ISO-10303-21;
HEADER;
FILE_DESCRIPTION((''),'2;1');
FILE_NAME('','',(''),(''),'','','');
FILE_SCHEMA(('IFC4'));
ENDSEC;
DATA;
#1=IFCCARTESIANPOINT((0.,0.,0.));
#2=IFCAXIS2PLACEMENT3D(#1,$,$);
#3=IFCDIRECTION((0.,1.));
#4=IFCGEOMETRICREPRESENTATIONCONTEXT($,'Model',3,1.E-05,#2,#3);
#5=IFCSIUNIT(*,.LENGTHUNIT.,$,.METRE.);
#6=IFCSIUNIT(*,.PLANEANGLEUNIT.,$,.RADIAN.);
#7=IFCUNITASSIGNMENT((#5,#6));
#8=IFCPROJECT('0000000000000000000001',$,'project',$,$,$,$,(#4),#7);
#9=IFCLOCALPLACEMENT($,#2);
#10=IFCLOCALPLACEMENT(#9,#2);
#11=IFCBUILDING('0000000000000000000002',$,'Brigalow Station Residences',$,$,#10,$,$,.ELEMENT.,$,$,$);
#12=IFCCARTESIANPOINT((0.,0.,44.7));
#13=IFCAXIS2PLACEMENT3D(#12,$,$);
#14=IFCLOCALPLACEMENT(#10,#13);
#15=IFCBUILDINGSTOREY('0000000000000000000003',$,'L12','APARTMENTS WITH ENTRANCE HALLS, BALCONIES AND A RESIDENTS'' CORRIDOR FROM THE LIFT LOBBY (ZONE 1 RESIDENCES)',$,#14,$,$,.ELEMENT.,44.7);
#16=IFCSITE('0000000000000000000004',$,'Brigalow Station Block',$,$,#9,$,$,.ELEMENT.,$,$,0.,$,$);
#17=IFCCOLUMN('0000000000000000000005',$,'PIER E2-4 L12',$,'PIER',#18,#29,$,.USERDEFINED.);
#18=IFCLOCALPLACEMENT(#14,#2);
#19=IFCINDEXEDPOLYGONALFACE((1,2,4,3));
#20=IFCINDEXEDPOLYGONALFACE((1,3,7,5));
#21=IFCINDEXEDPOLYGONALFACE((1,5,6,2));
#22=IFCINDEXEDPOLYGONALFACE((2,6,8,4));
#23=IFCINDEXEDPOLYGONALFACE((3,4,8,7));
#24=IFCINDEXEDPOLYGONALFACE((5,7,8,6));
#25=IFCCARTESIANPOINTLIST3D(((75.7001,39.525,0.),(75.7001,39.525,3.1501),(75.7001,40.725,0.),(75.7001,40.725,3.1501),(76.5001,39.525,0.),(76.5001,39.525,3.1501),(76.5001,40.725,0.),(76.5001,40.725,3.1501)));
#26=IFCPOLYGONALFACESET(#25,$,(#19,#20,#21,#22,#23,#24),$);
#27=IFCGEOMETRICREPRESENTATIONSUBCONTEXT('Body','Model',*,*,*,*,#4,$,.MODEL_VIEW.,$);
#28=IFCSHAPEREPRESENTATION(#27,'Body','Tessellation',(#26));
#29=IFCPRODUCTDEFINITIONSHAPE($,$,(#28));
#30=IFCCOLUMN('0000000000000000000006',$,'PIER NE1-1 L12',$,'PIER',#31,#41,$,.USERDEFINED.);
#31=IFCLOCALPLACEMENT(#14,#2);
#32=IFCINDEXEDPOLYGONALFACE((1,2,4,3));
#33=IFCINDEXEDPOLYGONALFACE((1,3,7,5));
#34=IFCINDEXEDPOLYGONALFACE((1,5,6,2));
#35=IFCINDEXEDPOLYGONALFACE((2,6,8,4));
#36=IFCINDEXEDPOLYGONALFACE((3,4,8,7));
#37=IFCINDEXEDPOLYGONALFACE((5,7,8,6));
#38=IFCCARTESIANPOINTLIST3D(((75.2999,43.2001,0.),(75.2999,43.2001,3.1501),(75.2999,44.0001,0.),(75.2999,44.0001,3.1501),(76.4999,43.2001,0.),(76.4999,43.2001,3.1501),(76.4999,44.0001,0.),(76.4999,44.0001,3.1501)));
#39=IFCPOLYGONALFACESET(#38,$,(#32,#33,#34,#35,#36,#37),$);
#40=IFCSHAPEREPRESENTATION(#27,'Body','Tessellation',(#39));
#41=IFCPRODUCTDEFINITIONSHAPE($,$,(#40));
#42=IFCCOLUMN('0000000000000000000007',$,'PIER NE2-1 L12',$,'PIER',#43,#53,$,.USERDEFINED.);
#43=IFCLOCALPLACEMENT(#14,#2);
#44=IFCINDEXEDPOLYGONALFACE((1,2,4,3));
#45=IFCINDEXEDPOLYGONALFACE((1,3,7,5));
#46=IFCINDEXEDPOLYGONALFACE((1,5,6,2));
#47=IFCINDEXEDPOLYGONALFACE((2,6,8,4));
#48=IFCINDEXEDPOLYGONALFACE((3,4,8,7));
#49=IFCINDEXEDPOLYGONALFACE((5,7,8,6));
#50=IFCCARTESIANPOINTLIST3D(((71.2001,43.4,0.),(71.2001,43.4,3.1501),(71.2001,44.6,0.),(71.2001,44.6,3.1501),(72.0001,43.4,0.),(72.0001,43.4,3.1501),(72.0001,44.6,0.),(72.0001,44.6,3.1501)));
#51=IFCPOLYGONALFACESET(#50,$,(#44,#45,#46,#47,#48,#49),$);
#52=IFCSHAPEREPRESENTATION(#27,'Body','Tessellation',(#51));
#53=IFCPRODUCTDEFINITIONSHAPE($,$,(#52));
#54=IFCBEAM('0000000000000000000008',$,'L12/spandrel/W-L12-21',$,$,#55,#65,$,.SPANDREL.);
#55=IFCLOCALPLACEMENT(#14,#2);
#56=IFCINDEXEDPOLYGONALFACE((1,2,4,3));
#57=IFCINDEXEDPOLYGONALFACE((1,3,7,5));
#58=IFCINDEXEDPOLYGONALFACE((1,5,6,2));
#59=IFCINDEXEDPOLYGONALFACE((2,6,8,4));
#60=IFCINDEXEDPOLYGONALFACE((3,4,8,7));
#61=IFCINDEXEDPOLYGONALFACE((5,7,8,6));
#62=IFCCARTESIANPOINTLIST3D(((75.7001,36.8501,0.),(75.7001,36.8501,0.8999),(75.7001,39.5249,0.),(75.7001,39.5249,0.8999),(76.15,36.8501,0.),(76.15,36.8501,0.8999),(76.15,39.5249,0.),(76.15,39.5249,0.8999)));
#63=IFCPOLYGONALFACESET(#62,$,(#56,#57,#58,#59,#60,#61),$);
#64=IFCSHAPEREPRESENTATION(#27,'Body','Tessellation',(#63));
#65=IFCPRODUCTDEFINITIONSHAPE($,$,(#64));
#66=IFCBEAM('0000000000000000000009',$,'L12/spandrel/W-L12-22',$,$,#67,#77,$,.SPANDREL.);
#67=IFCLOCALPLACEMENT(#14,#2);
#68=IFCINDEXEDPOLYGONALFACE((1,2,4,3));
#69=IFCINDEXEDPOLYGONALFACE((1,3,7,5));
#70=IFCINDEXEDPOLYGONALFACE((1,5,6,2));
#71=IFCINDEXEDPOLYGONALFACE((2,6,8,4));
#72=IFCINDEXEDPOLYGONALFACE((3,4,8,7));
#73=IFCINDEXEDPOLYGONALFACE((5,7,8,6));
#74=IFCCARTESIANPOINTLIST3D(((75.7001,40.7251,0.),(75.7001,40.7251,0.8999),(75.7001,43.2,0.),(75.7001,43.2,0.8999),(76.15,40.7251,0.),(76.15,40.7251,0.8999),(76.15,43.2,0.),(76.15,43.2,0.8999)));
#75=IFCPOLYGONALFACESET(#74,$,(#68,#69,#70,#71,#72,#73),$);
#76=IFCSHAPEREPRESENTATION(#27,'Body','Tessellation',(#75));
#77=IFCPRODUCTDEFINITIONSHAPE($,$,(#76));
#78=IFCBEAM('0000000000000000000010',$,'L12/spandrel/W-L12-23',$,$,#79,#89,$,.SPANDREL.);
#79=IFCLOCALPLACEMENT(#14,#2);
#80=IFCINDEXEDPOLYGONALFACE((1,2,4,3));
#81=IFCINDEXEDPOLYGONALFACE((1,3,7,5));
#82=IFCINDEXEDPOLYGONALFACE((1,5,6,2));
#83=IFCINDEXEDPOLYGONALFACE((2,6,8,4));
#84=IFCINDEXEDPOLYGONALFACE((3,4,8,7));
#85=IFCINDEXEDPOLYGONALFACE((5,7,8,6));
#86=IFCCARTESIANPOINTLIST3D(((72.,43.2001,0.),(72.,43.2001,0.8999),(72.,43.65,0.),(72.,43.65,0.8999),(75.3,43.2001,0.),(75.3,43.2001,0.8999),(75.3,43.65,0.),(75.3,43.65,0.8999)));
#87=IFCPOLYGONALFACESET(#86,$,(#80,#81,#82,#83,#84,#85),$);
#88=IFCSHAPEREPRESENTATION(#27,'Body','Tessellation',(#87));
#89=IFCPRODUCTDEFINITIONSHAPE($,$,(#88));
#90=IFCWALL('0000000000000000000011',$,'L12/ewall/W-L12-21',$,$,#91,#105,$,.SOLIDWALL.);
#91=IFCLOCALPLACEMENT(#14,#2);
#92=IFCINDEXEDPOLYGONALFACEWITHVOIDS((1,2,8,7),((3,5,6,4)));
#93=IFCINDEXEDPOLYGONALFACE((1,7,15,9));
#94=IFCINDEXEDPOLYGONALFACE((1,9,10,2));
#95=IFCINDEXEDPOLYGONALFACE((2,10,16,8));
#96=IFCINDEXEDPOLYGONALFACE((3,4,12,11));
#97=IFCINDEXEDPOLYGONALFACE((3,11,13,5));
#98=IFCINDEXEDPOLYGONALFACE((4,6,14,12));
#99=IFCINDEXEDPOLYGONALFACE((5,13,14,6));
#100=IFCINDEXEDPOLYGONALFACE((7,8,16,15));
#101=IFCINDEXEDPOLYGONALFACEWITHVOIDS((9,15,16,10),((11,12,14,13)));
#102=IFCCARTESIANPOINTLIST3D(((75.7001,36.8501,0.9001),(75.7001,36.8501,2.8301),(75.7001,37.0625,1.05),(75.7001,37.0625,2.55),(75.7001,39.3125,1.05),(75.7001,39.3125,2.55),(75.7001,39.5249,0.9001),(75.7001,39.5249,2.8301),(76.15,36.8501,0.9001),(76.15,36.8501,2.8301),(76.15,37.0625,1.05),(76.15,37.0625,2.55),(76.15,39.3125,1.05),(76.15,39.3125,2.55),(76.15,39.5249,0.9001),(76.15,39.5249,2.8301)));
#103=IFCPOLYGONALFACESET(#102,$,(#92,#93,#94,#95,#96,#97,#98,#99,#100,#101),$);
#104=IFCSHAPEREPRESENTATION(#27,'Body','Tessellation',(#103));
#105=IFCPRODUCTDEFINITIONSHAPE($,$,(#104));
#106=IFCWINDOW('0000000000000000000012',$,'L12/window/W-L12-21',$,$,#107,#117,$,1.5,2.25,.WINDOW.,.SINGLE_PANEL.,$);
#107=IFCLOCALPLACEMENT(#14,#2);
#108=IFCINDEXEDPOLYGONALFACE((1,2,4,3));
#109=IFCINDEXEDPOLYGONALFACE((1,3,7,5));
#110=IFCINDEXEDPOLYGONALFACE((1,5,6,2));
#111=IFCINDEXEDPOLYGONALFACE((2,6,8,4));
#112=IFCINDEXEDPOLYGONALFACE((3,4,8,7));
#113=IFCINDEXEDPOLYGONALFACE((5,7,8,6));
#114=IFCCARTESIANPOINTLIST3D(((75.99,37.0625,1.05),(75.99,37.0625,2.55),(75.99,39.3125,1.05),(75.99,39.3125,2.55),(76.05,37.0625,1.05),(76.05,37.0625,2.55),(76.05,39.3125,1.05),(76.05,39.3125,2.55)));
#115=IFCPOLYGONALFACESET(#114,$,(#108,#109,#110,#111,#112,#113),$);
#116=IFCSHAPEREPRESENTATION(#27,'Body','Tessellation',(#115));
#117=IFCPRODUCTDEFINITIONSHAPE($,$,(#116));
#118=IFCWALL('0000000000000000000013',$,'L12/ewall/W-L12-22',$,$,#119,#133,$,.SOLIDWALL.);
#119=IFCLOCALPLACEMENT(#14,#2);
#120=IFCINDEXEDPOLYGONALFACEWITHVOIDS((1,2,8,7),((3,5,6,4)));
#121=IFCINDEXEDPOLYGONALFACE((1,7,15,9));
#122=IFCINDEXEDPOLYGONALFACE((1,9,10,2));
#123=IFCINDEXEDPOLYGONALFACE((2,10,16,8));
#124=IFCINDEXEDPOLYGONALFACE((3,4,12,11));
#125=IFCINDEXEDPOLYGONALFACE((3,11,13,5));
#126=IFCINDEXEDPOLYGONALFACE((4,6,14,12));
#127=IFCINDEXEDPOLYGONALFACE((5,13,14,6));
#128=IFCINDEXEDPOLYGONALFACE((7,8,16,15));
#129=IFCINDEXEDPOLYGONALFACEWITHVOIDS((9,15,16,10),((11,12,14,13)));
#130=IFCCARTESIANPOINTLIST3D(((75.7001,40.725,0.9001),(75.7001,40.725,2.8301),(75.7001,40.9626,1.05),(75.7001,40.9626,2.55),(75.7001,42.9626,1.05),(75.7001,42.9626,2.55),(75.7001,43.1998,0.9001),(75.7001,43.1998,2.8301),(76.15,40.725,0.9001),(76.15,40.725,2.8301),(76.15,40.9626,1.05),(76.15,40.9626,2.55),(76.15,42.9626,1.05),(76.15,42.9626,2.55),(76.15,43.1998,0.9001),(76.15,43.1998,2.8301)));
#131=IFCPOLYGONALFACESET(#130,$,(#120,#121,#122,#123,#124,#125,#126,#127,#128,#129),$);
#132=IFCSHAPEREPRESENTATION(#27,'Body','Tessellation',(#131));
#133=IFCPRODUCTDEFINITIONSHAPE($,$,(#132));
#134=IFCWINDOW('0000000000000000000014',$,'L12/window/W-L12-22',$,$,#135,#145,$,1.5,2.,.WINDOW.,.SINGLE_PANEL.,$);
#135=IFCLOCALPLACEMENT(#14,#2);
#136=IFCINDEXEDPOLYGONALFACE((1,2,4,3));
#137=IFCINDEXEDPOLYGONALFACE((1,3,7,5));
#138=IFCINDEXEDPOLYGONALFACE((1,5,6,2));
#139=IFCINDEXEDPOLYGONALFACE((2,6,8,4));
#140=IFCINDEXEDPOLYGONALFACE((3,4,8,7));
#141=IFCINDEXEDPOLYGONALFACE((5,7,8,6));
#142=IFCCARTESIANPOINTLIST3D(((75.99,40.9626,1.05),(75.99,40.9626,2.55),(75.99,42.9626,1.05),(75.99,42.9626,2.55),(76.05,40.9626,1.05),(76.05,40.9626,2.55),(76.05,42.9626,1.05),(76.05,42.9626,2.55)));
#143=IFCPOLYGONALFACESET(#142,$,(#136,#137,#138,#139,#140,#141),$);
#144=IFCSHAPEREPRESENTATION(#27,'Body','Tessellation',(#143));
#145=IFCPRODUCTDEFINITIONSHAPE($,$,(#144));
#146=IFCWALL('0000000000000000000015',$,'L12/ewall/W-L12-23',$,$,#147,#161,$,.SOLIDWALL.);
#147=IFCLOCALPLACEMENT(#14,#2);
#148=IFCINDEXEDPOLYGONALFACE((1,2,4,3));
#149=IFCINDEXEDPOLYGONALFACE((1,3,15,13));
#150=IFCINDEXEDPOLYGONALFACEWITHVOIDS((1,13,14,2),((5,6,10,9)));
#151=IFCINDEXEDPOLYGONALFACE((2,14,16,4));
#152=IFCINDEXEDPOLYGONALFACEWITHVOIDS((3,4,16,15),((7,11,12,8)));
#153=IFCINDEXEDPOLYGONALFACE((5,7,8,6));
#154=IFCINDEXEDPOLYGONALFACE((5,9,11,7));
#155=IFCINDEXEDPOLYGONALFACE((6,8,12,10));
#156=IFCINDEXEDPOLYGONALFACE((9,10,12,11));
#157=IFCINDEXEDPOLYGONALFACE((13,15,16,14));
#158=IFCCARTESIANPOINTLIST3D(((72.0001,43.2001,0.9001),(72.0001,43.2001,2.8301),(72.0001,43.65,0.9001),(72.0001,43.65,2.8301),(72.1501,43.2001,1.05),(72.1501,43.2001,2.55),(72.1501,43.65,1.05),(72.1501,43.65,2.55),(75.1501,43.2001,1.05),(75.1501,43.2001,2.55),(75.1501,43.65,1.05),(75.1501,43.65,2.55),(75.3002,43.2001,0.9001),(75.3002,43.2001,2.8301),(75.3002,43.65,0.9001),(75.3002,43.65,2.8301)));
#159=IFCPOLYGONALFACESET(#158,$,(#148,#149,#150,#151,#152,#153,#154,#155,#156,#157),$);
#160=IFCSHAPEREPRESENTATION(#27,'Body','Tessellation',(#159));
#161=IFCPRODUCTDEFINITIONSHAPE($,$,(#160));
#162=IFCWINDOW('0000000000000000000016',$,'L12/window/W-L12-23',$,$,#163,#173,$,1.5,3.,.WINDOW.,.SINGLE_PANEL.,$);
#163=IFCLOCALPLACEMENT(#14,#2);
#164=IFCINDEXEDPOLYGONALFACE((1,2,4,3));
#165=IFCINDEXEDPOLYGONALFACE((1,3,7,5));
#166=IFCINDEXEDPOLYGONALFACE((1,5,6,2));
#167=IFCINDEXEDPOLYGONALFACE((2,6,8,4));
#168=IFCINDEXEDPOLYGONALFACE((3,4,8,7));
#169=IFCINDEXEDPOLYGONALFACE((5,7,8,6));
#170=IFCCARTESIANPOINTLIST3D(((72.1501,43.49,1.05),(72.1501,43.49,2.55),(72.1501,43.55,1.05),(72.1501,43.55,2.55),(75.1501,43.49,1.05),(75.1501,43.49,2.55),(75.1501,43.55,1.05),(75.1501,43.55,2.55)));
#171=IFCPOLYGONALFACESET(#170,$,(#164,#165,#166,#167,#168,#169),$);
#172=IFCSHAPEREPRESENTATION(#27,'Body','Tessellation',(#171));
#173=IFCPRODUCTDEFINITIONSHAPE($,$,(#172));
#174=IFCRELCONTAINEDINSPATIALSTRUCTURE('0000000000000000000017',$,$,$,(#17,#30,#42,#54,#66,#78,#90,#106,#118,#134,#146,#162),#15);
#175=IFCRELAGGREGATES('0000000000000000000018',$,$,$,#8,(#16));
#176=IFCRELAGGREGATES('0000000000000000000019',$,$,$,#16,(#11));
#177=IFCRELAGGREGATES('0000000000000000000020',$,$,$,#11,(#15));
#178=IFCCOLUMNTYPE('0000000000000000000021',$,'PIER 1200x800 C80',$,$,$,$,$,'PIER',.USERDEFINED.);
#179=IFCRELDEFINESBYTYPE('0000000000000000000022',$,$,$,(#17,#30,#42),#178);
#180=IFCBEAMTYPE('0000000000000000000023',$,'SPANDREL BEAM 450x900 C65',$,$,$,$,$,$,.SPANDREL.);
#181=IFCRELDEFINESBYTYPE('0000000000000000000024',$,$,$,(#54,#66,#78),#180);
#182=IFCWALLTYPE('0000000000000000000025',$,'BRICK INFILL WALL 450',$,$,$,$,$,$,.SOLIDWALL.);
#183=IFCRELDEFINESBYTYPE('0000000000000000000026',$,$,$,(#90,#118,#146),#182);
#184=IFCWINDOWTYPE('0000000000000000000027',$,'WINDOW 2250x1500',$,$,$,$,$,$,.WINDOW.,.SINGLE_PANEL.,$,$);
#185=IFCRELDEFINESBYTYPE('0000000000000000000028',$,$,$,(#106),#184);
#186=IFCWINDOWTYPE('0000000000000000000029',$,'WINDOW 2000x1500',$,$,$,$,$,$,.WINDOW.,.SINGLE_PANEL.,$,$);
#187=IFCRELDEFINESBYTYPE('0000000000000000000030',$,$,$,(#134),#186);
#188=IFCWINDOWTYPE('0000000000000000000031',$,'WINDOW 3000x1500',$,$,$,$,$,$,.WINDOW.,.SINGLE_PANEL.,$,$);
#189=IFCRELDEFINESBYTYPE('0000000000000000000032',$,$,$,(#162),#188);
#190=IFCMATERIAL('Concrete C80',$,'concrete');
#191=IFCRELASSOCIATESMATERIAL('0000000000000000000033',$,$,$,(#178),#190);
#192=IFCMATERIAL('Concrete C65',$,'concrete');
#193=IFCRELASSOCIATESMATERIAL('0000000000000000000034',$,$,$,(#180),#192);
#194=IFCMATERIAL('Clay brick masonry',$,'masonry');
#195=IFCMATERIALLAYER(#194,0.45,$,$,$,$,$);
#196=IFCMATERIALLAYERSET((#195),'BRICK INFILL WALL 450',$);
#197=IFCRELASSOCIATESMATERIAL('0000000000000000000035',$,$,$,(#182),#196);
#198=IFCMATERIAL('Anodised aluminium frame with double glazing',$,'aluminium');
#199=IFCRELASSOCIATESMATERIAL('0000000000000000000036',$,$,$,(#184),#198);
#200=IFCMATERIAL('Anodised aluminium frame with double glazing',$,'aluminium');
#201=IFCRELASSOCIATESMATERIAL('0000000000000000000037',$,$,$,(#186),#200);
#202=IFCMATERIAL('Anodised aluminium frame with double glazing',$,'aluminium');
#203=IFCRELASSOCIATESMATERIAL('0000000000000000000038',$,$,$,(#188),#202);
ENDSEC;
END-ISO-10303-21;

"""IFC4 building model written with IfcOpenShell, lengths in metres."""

from ifc_helpers import new_model, si_unit, direction, frame, frame_2d, origin, origin_2d, place, context, subcontext, project, spatial, rectangle, extrude, material, layer, layer_set, material_profile, profile_set, type_object, element, fill, save


model = new_model("IFC4")

# Units and contexts
model_context = context("Model", 3, precision=1e-05, world=origin(), true_north=direction((0.0, 1.0)))
body_context = subcontext(model_context, "Body", "Model", "MODEL_VIEW")
ifc_project = project(units=[si_unit("LENGTHUNIT", "METRE"), si_unit("PLANEANGLEUNIT", "RADIAN")], contexts=[model_context])

# Site, building, storey
site_placement = place(None, origin())
site = spatial("IfcSite", under=ifc_project, at=site_placement, Name="Brigalow Station Block", CompositionType="ELEMENT", RefElevation=0.0)
building_placement = place(site_placement, origin())
building = spatial("IfcBuilding", under=site, at=building_placement, Name="Brigalow Station Residences", CompositionType="ELEMENT")
storey_placement = place(building_placement, frame((0.0, 0.0, 44.7)))
storey = spatial("IfcBuildingStorey", under=building, at=storey_placement, Name="L12", Description="APARTMENTS WITH ENTRANCE HALLS, BALCONIES AND A RESIDENTS' CORRIDOR FROM THE LIFT LOBBY (ZONE 1 RESIDENCES)", CompositionType="ELEMENT", Elevation=44.7)

# Columns
ifc_material_1 = material(Name="Concrete C80", Category="concrete")
ifc_material_profile_1 = material_profile(ifc_material_1, rectangle(XDim=1.2, YDim=0.8, at=origin_2d()), Name="RC1200x800")
ifc_profile_set_1 = profile_set([ifc_material_profile_1], Name="Concrete C80")
column_type = type_object("IfcColumnType", Name="PIER 1200x800 C80", ElementType="PIER", PredefinedType="USERDEFINED", material=ifc_profile_set_1)
for number, where, z_axis, x_axis, name in (
    (1, (76.1001, 40.125, 0.0), (0.0, 0.0, 1.0), (0.0, 1.0, 0.0), "PIER E2-4 L12"),
    (2, (75.8999, 43.6001, 0.0), (0.0, 0.0, 1.0), (-1.0, 0.0, 0.0), "PIER NE1-1 L12"),
    (3, (71.6001, 44.0, 0.0), (0.0, 0.0, 1.0), (0.0, 1.0, 0.0), "PIER NE2-1 L12"),
):
    element("IfcColumn", number, at=place(storey_placement, frame(where, z_axis=z_axis, x_axis=x_axis)), inside=storey, type_object=column_type, Name=name, ObjectType="PIER", PredefinedType="USERDEFINED", context=body_context, shape_type="SweptSolid", body=[
        extrude(rectangle(XDim=1.2, YDim=0.8, at=origin_2d()), origin(), (0.0, 0.0, 1.0), 3.1501),
    ])

# Beams
ifc_material_2 = material(Name="Concrete C65", Category="concrete")
ifc_material_profile_2 = material_profile(ifc_material_2, rectangle(XDim=0.45, YDim=0.8999, at=origin_2d()), Name="RC450x900")
ifc_profile_set_2 = profile_set([ifc_material_profile_2], Name="Concrete C65")
beam_type = type_object("IfcBeamType", Name="SPANDREL BEAM 450x900 C65", PredefinedType="SPANDREL", material=ifc_profile_set_2)
beam_1_placement = place(storey_placement, frame((75.925, 36.8501, 0.45), z_axis=(0.0, 1.0, 0.0), x_axis=(-1.0, 0.0, 0.0)))
element("IfcBeam", 4, at=beam_1_placement, inside=storey, type_object=beam_type, Name="L12/spandrel/W-L12-21", PredefinedType="SPANDREL", context=body_context, shape_type="SweptSolid", body=[
    extrude(rectangle(XDim=0.45, YDim=0.8999, at=origin_2d()), origin(), (0.0, 0.0, 1.0), 2.6748),
])
beam_2_placement = place(storey_placement, frame((75.925, 40.7251, 0.45), z_axis=(0.0, 1.0, 0.0), x_axis=(-1.0, 0.0, 0.0)))
element("IfcBeam", 5, at=beam_2_placement, inside=storey, type_object=beam_type, Name="L12/spandrel/W-L12-22", PredefinedType="SPANDREL", context=body_context, shape_type="SweptSolid", body=[
    extrude(rectangle(XDim=0.45, YDim=0.8999, at=origin_2d()), origin(), (0.0, 0.0, 1.0), 2.4749),
])
beam_3_placement = place(storey_placement, frame((75.3, 43.425, 0.45), z_axis=(-1.0, 0.0, 0.0), x_axis=(0.0, -1.0, 0.0)))
element("IfcBeam", 6, at=beam_3_placement, inside=storey, type_object=beam_type, Name="L12/spandrel/W-L12-23", PredefinedType="SPANDREL", context=body_context, shape_type="SweptSolid", body=[
    extrude(rectangle(XDim=0.45, YDim=0.8999, at=origin_2d()), origin(), (0.0, 0.0, 1.0), 3.3),
])

# Walls, openings, windows
ifc_material_3 = material(Name="Clay brick masonry", Category="masonry")
ifc_layer_1 = layer(ifc_material_3, 0.45)
ifc_layer_set_1 = layer_set([ifc_layer_1], Name="BRICK INFILL WALL 450")
wall_type_1 = type_object("IfcWallType", Name="BRICK INFILL WALL 450", PredefinedType="SOLIDWALL", material=ifc_layer_set_1)
wall_1_placement = place(storey_placement, frame((75.925, 36.8501, 0.9001), z_axis=(0.0, 0.0, 1.0), x_axis=(0.0, 1.0, 0.0)))
wall_1 = element("IfcWall", 7, at=wall_1_placement, inside=storey, type_object=wall_type_1, Name="L12/ewall/W-L12-21", PredefinedType="SOLIDWALL", context=body_context, shape_type="SweptSolid", body=[
    extrude(rectangle(XDim=2.6748, YDim=0.45, at=frame_2d((1.3374, 0.0))), origin(), (0.0, 0.0, 1.0), 1.9299),
])
opening_1_placement = place(wall_1_placement, frame((0.2124, 0.0, 0.1499)))
opening_1 = element("IfcOpeningElement", 8, at=opening_1_placement, cuts=wall_1, PredefinedType="OPENING", context=body_context, shape_type="SweptSolid", body=[
    extrude(rectangle(XDim=2.25, YDim=1.5, at=frame_2d((1.125, 0.75))), frame((0.0, 0.2349, 0.0), z_axis=(0.0, -1.0, 0.0), x_axis=(1.0, 0.0, 0.0)), (0.0, 0.0, 1.0), 0.47),
])
ifc_material_4 = material(Name="Anodised aluminium frame with double glazing", Category="aluminium")
window_type_1 = type_object("IfcWindowType", Name="WINDOW 2250x1500", PartitioningType="SINGLE_PANEL", PredefinedType="WINDOW", material=ifc_material_4)
window_1_placement = place(opening_1_placement, origin())
window_1 = element("IfcWindow", 9, at=window_1_placement, inside=storey, type_object=window_type_1, Name="L12/window/W-L12-21", OverallHeight=1.5, OverallWidth=2.25, PartitioningType="SINGLE_PANEL", PredefinedType="WINDOW", context=body_context, shape_type="SweptSolid", body=[
    extrude(rectangle(XDim=2.25, YDim=1.5, at=frame_2d((1.125, 0.75))), frame((0.0, -0.0649, 0.0), z_axis=(0.0, -1.0, 0.0), x_axis=(1.0, 0.0, 0.0)), (0.0, 0.0, 1.0), 0.0601),
])
fill(opening_1, window_1)
wall_2_placement = place(storey_placement, frame((75.925, 40.7251, 0.9001), z_axis=(0.0, 0.0, 1.0), x_axis=(0.0, 1.0, 0.0)))
wall_2 = element("IfcWall", 10, at=wall_2_placement, inside=storey, type_object=wall_type_1, Name="L12/ewall/W-L12-22", PredefinedType="SOLIDWALL", context=body_context, shape_type="SweptSolid", body=[
    extrude(rectangle(XDim=2.4749, YDim=0.45, at=frame_2d((1.2373, 0.0))), origin(), (0.0, 0.0, 1.0), 1.9299),
])
opening_2_placement = place(wall_2_placement, frame((0.2375, 0.0, 0.1499)))
opening_2 = element("IfcOpeningElement", 11, at=opening_2_placement, cuts=wall_2, PredefinedType="OPENING", context=body_context, shape_type="SweptSolid", body=[
    extrude(rectangle(XDim=2.0, YDim=1.5, at=frame_2d((1.0, 0.75))), frame((0.0, 0.2349, 0.0), z_axis=(0.0, -1.0, 0.0), x_axis=(1.0, 0.0, 0.0)), (0.0, 0.0, 1.0), 0.47),
])
ifc_material_5 = material(Name="Anodised aluminium frame with double glazing", Category="aluminium")
window_type_2 = type_object("IfcWindowType", Name="WINDOW 2000x1500", PartitioningType="SINGLE_PANEL", PredefinedType="WINDOW", material=ifc_material_5)
window_2_placement = place(opening_2_placement, origin())
window_2 = element("IfcWindow", 12, at=window_2_placement, inside=storey, type_object=window_type_2, Name="L12/window/W-L12-22", OverallHeight=1.5, OverallWidth=2.0, PartitioningType="SINGLE_PANEL", PredefinedType="WINDOW", context=body_context, shape_type="SweptSolid", body=[
    extrude(rectangle(XDim=2.0, YDim=1.5, at=frame_2d((1.0, 0.75))), frame((0.0, -0.0649, 0.0), z_axis=(0.0, -1.0, 0.0), x_axis=(1.0, 0.0, 0.0)), (0.0, 0.0, 1.0), 0.0601),
])
fill(opening_2, window_2)
wall_3_placement = place(storey_placement, frame((75.3, 43.425, 0.9001), z_axis=(0.0, 0.0, 1.0), x_axis=(-1.0, 0.0, 0.0)))
wall_3 = element("IfcWall", 13, at=wall_3_placement, inside=storey, type_object=wall_type_1, Name="L12/ewall/W-L12-23", PredefinedType="SOLIDWALL", context=body_context, shape_type="SweptSolid", body=[
    extrude(rectangle(XDim=3.3, YDim=0.45, at=frame_2d((1.6499, 0.0))), origin(), (0.0, 0.0, 1.0), 1.9299),
])
opening_3_placement = place(wall_3_placement, frame((0.1499, 0.0, 0.1499)))
opening_3 = element("IfcOpeningElement", 14, at=opening_3_placement, cuts=wall_3, PredefinedType="OPENING", context=body_context, shape_type="SweptSolid", body=[
    extrude(rectangle(XDim=3.0, YDim=1.5, at=frame_2d((1.5, 0.75))), frame((0.0, 0.2349, 0.0), z_axis=(0.0, -1.0, 0.0), x_axis=(1.0, 0.0, 0.0)), (0.0, 0.0, 1.0), 0.47),
])
ifc_material_6 = material(Name="Anodised aluminium frame with double glazing", Category="aluminium")
window_type_3 = type_object("IfcWindowType", Name="WINDOW 3000x1500", PartitioningType="SINGLE_PANEL", PredefinedType="WINDOW", material=ifc_material_6)
window_3_placement = place(opening_3_placement, origin())
window_3 = element("IfcWindow", 15, at=window_3_placement, inside=storey, type_object=window_type_3, Name="L12/window/W-L12-23", OverallHeight=1.5, OverallWidth=3.0, PartitioningType="SINGLE_PANEL", PredefinedType="WINDOW", context=body_context, shape_type="SweptSolid", body=[
    extrude(rectangle(XDim=3.0, YDim=1.5, at=frame_2d((1.5, 0.75))), frame((0.0, -0.0649, 0.0), z_axis=(0.0, -1.0, 0.0), x_axis=(1.0, 0.0, 0.0)), (0.0, 0.0, 1.0), 0.0601),
])
fill(opening_3, window_3)

save(model, "model.ifc")
